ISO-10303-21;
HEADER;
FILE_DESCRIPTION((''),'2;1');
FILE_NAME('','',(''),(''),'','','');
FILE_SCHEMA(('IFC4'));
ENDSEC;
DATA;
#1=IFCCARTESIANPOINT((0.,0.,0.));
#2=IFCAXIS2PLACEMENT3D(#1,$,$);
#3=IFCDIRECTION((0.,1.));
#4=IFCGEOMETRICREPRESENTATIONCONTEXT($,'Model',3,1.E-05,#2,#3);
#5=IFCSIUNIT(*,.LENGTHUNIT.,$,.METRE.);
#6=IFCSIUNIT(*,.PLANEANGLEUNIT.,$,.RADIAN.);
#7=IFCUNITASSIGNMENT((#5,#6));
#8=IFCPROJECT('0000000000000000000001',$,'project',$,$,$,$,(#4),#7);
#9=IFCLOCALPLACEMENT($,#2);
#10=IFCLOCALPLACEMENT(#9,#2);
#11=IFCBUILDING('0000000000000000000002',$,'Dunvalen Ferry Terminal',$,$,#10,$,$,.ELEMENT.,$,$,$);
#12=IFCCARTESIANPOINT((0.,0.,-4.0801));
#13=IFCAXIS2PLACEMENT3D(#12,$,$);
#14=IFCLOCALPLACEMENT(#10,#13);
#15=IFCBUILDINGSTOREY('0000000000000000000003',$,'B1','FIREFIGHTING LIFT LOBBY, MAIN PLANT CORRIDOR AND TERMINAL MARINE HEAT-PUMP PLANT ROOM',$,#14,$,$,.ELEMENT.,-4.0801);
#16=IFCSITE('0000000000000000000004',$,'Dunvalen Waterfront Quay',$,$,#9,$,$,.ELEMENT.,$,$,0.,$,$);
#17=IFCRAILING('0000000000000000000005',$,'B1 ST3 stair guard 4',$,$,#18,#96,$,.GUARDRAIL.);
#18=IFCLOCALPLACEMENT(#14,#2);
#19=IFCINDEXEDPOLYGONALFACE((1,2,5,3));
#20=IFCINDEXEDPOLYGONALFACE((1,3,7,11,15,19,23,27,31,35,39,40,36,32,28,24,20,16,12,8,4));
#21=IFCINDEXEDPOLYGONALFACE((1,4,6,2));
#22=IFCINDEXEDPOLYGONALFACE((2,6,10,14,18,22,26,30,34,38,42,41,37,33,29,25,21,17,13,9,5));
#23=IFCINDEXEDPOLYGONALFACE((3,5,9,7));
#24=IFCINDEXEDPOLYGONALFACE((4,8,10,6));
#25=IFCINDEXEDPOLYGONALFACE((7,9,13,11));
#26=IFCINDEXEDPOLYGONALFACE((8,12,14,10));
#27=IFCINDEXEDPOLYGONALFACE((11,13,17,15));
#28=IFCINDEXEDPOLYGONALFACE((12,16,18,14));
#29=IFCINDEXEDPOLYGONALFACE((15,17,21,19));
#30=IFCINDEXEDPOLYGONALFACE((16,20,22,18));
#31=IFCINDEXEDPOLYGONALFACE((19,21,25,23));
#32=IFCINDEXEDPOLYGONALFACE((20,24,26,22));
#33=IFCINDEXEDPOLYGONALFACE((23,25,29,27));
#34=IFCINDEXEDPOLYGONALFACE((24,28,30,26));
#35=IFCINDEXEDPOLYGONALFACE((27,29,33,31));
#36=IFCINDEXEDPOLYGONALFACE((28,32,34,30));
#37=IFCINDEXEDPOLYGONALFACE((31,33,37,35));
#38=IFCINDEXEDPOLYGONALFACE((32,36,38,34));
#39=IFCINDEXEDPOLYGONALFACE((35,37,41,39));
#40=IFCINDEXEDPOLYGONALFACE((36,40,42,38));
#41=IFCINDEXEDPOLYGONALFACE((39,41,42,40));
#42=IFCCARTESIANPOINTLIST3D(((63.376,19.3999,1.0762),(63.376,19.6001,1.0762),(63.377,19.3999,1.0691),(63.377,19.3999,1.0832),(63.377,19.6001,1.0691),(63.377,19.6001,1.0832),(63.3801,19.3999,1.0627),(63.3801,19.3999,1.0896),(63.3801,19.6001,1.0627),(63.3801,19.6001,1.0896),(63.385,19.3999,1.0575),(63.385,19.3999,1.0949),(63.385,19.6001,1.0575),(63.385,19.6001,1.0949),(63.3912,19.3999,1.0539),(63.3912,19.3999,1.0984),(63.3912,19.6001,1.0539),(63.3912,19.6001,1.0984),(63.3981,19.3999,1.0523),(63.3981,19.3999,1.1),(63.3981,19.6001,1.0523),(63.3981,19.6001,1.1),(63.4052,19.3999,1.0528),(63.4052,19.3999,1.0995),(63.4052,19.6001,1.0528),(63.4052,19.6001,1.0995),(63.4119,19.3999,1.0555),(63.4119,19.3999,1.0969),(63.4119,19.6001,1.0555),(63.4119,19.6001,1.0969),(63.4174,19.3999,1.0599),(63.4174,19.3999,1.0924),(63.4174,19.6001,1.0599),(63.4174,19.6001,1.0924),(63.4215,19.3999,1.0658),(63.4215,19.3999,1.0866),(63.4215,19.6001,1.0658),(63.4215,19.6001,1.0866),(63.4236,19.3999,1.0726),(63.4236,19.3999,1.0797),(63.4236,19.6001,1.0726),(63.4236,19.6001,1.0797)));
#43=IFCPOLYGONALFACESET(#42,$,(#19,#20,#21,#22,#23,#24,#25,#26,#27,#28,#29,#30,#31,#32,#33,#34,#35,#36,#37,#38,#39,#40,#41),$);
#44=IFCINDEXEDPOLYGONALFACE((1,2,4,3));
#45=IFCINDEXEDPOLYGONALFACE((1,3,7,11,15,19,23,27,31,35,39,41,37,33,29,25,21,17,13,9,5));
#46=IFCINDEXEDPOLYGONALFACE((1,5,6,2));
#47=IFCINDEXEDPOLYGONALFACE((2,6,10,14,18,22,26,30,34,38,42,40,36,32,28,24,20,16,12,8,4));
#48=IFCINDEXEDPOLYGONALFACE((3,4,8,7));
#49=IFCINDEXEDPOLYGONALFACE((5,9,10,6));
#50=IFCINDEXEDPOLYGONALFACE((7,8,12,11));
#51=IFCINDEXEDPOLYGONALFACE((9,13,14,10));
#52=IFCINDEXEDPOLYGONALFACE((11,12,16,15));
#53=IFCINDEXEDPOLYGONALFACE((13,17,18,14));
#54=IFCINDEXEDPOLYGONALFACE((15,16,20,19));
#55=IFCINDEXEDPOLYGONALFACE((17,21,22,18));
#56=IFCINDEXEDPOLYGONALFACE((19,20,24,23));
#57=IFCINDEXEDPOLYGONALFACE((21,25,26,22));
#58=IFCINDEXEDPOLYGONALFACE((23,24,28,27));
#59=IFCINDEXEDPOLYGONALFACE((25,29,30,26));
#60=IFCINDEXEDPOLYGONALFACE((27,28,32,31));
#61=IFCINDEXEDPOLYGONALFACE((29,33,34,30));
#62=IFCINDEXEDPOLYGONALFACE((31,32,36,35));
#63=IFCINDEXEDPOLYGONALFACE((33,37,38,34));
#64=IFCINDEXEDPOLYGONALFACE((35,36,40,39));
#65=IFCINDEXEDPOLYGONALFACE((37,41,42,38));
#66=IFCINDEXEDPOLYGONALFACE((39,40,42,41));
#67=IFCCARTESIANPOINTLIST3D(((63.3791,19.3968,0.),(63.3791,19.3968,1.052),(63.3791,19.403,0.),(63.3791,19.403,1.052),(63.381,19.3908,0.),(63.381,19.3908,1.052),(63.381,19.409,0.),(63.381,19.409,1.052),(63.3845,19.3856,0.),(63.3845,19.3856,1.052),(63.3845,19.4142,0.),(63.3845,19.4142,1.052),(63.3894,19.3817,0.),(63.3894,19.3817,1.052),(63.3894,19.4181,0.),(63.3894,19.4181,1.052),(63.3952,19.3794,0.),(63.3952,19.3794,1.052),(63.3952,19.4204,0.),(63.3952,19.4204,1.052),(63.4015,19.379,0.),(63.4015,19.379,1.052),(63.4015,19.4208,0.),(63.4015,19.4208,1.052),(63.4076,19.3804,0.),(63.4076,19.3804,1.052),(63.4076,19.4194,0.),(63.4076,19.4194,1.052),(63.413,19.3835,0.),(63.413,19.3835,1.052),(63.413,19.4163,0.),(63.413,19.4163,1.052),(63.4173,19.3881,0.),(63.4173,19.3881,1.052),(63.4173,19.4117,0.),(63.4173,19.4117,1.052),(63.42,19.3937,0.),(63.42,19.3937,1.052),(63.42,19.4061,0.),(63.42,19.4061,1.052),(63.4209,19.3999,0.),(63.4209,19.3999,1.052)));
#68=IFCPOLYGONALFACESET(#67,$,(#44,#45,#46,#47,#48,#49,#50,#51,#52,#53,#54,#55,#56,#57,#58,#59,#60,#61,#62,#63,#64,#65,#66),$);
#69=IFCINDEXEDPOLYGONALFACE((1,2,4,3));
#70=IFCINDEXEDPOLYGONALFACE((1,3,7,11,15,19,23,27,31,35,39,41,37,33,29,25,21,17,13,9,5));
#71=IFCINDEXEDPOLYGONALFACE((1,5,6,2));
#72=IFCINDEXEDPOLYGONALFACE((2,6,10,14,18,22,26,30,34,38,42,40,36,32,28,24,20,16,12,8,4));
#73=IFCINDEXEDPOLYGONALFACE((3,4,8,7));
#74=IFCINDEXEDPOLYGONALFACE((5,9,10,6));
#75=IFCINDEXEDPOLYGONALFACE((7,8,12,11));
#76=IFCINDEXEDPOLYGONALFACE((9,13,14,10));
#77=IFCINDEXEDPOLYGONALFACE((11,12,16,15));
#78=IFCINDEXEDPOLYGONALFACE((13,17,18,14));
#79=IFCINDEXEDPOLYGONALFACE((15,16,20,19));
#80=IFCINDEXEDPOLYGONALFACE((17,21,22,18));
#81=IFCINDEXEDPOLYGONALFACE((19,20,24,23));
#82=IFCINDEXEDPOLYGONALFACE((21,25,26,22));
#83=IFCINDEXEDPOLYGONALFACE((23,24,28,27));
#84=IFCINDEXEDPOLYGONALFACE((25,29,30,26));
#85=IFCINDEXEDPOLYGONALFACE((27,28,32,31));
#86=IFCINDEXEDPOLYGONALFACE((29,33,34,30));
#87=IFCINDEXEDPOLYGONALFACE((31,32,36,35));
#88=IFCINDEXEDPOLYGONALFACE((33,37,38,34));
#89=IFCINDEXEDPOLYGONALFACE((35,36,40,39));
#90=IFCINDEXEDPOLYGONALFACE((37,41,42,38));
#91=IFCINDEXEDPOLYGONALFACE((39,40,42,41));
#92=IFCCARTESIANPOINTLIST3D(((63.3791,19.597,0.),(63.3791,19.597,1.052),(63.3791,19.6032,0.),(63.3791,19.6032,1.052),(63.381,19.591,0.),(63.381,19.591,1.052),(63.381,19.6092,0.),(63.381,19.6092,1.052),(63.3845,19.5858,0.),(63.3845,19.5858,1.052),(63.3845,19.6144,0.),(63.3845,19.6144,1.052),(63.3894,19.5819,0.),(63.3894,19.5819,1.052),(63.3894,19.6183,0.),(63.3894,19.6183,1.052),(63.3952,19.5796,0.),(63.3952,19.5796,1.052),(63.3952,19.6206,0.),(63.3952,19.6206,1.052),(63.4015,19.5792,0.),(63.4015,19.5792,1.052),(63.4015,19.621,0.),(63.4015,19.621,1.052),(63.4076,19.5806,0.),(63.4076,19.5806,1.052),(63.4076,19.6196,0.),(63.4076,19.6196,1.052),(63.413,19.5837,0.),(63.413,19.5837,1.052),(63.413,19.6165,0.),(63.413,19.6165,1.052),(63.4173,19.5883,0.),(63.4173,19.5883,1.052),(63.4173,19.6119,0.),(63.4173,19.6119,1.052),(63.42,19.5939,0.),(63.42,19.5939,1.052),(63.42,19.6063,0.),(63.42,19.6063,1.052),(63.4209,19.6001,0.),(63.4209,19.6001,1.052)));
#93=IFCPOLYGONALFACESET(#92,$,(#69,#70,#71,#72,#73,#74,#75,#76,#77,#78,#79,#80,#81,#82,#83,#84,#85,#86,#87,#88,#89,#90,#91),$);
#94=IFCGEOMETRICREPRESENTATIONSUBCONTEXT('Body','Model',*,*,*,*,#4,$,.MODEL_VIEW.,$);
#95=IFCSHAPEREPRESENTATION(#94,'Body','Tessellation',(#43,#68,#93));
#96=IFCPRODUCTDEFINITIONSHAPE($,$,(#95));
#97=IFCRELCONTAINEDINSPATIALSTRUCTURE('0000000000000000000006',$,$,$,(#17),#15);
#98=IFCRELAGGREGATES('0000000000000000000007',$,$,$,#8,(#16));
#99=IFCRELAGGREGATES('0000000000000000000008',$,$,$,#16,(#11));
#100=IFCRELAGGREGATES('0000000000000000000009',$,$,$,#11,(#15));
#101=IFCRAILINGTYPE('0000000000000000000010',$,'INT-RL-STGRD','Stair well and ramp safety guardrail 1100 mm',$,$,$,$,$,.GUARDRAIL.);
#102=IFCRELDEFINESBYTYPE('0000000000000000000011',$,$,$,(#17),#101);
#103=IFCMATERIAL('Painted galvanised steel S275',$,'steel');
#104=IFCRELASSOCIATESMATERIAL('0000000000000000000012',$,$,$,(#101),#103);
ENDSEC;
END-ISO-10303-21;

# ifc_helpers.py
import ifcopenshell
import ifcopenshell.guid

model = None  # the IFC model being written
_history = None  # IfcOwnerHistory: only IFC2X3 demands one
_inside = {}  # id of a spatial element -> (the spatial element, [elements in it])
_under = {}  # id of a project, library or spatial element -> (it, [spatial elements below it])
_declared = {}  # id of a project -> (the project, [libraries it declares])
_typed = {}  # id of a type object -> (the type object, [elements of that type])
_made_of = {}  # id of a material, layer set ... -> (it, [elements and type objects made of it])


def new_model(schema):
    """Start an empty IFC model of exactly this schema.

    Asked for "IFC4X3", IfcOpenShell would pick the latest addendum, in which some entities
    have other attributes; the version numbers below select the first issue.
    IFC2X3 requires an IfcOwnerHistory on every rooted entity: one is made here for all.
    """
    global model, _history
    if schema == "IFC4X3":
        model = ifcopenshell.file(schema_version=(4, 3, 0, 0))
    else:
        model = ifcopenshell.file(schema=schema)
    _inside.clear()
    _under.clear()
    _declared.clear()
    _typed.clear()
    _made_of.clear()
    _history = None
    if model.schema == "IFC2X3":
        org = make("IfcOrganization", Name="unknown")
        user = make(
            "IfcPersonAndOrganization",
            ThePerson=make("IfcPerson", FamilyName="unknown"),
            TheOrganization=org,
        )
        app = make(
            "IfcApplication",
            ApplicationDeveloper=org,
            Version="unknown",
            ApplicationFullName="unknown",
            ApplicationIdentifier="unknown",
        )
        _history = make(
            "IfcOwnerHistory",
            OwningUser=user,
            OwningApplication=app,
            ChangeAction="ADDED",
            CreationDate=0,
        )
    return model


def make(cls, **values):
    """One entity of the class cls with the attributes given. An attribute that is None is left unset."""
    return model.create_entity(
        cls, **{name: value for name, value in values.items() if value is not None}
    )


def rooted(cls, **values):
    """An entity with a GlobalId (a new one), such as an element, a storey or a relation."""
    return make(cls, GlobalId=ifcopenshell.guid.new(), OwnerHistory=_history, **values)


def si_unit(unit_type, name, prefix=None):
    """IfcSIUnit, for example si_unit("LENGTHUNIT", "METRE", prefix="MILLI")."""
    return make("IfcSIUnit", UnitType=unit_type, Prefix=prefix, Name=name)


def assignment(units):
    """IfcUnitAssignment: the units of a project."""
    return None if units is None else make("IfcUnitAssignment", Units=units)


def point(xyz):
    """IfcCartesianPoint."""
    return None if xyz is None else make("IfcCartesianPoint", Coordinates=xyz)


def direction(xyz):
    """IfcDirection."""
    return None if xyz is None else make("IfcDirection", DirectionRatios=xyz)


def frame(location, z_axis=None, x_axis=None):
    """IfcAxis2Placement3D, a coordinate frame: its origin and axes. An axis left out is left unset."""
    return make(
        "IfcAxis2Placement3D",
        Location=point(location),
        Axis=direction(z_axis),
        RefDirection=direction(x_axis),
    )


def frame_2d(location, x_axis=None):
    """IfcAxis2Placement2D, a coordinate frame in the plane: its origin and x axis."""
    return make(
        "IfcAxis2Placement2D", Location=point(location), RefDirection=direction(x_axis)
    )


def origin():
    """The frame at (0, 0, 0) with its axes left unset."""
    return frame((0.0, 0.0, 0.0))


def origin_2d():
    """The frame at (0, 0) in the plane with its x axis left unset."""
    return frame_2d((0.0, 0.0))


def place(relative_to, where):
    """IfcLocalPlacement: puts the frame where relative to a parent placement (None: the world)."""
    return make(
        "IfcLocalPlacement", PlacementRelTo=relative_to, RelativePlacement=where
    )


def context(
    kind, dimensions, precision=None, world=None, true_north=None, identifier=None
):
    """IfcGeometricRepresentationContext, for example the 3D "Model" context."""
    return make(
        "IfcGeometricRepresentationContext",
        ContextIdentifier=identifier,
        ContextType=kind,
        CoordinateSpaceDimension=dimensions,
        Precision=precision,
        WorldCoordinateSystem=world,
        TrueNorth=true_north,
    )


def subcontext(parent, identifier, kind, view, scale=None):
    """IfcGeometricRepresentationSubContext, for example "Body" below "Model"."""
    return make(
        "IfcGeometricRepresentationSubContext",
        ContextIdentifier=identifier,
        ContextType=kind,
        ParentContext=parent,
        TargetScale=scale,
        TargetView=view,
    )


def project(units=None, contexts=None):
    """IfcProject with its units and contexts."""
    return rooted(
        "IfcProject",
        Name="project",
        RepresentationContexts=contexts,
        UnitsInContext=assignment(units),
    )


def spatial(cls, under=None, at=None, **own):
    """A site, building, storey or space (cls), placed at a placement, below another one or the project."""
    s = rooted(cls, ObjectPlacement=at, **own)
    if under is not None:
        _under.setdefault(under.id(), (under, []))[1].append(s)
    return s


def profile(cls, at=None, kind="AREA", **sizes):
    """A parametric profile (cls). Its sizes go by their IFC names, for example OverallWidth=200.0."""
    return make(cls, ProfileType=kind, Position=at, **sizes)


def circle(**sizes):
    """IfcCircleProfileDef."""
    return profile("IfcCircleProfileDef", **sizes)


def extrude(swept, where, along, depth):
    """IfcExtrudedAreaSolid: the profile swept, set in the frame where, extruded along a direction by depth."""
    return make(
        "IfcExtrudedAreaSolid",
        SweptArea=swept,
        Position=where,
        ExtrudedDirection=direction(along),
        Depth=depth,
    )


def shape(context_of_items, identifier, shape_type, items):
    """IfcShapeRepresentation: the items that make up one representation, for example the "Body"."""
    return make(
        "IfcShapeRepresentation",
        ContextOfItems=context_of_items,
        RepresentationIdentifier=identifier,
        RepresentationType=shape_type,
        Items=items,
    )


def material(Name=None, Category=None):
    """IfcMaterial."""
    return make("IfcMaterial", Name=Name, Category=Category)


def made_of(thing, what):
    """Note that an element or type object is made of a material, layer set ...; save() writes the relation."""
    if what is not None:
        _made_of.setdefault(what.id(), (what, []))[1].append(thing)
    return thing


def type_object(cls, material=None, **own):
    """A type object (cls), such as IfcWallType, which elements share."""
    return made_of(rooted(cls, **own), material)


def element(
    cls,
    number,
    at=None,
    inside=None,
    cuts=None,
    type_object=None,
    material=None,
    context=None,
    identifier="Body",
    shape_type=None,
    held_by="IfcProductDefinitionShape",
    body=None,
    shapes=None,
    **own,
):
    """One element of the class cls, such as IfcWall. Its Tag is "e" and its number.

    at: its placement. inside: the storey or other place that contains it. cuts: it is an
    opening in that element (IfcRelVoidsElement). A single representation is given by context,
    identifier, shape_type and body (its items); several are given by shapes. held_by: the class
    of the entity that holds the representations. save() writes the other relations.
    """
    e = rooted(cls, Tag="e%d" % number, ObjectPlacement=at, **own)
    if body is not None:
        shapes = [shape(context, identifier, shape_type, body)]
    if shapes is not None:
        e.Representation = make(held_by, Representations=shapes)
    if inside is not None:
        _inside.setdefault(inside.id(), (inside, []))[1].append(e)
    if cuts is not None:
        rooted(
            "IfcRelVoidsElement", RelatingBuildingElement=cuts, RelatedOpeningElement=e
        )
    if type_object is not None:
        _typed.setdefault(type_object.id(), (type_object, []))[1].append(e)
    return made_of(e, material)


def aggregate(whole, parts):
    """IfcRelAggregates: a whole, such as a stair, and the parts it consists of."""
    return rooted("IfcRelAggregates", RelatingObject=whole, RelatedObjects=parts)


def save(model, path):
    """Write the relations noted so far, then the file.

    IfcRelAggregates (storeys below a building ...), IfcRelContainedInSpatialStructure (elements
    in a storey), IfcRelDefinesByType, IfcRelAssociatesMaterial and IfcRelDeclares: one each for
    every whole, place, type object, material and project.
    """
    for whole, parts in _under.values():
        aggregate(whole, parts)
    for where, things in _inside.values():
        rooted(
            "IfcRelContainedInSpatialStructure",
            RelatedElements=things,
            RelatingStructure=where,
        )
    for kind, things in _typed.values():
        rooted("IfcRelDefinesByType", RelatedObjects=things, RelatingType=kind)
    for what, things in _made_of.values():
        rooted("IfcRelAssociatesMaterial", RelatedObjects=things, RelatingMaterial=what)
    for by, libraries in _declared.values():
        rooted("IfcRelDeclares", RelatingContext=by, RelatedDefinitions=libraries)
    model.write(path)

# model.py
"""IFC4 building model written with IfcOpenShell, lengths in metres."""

from ifc_helpers import new_model, si_unit, direction, frame, origin, origin_2d, place, context, subcontext, project, spatial, circle, extrude, material, type_object, element, save


model = new_model("IFC4")

# Units and contexts
model_context = context("Model", 3, precision=1e-05, world=origin(), true_north=direction((0.0, 1.0)))
body_context = subcontext(model_context, "Body", "Model", "MODEL_VIEW")
ifc_project = project(units=[si_unit("LENGTHUNIT", "METRE"), si_unit("PLANEANGLEUNIT", "RADIAN")], contexts=[model_context])

# Site, building, storey
site_placement = place(None, origin())
site = spatial("IfcSite", under=ifc_project, at=site_placement, Name="Dunvalen Waterfront Quay", CompositionType="ELEMENT", RefElevation=0.0)
building_placement = place(site_placement, origin())
building = spatial("IfcBuilding", under=site, at=building_placement, Name="Dunvalen Ferry Terminal", CompositionType="ELEMENT")
storey_placement = place(building_placement, frame((0.0, 0.0, -4.0801)))
storey = spatial("IfcBuildingStorey", under=building, at=storey_placement, Name="B1", Description="FIREFIGHTING LIFT LOBBY, MAIN PLANT CORRIDOR AND TERMINAL MARINE HEAT-PUMP PLANT ROOM", CompositionType="ELEMENT", Elevation=-4.0801)

# Railing
ifc_material_1 = material(Name="Painted galvanised steel S275", Category="steel")
railing_type_1 = type_object("IfcRailingType", Name="INT-RL-STGRD", Description="Stair well and ramp safety guardrail 1100 mm", PredefinedType="GUARDRAIL", material=ifc_material_1)
railing_1_placement = place(storey_placement, frame((63.3999, 19.3999, 0.0)))
element("IfcRailing", 1, at=railing_1_placement, inside=storey, type_object=railing_type_1, Name="B1 ST3 stair guard 4", PredefinedType="GUARDRAIL", context=body_context, shape_type="SweptSolid", body=[
    extrude(circle(Radius=0.0239, at=origin_2d()), frame((0.0, 0.0, 1.0762), z_axis=(0.0, 1.0, 0.0), x_axis=(-1.0, 0.0, 0.0)), (0.0, 0.0, 1.0), 0.2002),
    extrude(circle(Radius=0.021, at=origin_2d()), origin(), (0.0, 0.0, 1.0), 1.052),
    extrude(circle(Radius=0.021, at=origin_2d()), frame((0.0, 0.2002, 0.0)), (0.0, 0.0, 1.0), 1.052),
])

save(model, "model.ifc")
